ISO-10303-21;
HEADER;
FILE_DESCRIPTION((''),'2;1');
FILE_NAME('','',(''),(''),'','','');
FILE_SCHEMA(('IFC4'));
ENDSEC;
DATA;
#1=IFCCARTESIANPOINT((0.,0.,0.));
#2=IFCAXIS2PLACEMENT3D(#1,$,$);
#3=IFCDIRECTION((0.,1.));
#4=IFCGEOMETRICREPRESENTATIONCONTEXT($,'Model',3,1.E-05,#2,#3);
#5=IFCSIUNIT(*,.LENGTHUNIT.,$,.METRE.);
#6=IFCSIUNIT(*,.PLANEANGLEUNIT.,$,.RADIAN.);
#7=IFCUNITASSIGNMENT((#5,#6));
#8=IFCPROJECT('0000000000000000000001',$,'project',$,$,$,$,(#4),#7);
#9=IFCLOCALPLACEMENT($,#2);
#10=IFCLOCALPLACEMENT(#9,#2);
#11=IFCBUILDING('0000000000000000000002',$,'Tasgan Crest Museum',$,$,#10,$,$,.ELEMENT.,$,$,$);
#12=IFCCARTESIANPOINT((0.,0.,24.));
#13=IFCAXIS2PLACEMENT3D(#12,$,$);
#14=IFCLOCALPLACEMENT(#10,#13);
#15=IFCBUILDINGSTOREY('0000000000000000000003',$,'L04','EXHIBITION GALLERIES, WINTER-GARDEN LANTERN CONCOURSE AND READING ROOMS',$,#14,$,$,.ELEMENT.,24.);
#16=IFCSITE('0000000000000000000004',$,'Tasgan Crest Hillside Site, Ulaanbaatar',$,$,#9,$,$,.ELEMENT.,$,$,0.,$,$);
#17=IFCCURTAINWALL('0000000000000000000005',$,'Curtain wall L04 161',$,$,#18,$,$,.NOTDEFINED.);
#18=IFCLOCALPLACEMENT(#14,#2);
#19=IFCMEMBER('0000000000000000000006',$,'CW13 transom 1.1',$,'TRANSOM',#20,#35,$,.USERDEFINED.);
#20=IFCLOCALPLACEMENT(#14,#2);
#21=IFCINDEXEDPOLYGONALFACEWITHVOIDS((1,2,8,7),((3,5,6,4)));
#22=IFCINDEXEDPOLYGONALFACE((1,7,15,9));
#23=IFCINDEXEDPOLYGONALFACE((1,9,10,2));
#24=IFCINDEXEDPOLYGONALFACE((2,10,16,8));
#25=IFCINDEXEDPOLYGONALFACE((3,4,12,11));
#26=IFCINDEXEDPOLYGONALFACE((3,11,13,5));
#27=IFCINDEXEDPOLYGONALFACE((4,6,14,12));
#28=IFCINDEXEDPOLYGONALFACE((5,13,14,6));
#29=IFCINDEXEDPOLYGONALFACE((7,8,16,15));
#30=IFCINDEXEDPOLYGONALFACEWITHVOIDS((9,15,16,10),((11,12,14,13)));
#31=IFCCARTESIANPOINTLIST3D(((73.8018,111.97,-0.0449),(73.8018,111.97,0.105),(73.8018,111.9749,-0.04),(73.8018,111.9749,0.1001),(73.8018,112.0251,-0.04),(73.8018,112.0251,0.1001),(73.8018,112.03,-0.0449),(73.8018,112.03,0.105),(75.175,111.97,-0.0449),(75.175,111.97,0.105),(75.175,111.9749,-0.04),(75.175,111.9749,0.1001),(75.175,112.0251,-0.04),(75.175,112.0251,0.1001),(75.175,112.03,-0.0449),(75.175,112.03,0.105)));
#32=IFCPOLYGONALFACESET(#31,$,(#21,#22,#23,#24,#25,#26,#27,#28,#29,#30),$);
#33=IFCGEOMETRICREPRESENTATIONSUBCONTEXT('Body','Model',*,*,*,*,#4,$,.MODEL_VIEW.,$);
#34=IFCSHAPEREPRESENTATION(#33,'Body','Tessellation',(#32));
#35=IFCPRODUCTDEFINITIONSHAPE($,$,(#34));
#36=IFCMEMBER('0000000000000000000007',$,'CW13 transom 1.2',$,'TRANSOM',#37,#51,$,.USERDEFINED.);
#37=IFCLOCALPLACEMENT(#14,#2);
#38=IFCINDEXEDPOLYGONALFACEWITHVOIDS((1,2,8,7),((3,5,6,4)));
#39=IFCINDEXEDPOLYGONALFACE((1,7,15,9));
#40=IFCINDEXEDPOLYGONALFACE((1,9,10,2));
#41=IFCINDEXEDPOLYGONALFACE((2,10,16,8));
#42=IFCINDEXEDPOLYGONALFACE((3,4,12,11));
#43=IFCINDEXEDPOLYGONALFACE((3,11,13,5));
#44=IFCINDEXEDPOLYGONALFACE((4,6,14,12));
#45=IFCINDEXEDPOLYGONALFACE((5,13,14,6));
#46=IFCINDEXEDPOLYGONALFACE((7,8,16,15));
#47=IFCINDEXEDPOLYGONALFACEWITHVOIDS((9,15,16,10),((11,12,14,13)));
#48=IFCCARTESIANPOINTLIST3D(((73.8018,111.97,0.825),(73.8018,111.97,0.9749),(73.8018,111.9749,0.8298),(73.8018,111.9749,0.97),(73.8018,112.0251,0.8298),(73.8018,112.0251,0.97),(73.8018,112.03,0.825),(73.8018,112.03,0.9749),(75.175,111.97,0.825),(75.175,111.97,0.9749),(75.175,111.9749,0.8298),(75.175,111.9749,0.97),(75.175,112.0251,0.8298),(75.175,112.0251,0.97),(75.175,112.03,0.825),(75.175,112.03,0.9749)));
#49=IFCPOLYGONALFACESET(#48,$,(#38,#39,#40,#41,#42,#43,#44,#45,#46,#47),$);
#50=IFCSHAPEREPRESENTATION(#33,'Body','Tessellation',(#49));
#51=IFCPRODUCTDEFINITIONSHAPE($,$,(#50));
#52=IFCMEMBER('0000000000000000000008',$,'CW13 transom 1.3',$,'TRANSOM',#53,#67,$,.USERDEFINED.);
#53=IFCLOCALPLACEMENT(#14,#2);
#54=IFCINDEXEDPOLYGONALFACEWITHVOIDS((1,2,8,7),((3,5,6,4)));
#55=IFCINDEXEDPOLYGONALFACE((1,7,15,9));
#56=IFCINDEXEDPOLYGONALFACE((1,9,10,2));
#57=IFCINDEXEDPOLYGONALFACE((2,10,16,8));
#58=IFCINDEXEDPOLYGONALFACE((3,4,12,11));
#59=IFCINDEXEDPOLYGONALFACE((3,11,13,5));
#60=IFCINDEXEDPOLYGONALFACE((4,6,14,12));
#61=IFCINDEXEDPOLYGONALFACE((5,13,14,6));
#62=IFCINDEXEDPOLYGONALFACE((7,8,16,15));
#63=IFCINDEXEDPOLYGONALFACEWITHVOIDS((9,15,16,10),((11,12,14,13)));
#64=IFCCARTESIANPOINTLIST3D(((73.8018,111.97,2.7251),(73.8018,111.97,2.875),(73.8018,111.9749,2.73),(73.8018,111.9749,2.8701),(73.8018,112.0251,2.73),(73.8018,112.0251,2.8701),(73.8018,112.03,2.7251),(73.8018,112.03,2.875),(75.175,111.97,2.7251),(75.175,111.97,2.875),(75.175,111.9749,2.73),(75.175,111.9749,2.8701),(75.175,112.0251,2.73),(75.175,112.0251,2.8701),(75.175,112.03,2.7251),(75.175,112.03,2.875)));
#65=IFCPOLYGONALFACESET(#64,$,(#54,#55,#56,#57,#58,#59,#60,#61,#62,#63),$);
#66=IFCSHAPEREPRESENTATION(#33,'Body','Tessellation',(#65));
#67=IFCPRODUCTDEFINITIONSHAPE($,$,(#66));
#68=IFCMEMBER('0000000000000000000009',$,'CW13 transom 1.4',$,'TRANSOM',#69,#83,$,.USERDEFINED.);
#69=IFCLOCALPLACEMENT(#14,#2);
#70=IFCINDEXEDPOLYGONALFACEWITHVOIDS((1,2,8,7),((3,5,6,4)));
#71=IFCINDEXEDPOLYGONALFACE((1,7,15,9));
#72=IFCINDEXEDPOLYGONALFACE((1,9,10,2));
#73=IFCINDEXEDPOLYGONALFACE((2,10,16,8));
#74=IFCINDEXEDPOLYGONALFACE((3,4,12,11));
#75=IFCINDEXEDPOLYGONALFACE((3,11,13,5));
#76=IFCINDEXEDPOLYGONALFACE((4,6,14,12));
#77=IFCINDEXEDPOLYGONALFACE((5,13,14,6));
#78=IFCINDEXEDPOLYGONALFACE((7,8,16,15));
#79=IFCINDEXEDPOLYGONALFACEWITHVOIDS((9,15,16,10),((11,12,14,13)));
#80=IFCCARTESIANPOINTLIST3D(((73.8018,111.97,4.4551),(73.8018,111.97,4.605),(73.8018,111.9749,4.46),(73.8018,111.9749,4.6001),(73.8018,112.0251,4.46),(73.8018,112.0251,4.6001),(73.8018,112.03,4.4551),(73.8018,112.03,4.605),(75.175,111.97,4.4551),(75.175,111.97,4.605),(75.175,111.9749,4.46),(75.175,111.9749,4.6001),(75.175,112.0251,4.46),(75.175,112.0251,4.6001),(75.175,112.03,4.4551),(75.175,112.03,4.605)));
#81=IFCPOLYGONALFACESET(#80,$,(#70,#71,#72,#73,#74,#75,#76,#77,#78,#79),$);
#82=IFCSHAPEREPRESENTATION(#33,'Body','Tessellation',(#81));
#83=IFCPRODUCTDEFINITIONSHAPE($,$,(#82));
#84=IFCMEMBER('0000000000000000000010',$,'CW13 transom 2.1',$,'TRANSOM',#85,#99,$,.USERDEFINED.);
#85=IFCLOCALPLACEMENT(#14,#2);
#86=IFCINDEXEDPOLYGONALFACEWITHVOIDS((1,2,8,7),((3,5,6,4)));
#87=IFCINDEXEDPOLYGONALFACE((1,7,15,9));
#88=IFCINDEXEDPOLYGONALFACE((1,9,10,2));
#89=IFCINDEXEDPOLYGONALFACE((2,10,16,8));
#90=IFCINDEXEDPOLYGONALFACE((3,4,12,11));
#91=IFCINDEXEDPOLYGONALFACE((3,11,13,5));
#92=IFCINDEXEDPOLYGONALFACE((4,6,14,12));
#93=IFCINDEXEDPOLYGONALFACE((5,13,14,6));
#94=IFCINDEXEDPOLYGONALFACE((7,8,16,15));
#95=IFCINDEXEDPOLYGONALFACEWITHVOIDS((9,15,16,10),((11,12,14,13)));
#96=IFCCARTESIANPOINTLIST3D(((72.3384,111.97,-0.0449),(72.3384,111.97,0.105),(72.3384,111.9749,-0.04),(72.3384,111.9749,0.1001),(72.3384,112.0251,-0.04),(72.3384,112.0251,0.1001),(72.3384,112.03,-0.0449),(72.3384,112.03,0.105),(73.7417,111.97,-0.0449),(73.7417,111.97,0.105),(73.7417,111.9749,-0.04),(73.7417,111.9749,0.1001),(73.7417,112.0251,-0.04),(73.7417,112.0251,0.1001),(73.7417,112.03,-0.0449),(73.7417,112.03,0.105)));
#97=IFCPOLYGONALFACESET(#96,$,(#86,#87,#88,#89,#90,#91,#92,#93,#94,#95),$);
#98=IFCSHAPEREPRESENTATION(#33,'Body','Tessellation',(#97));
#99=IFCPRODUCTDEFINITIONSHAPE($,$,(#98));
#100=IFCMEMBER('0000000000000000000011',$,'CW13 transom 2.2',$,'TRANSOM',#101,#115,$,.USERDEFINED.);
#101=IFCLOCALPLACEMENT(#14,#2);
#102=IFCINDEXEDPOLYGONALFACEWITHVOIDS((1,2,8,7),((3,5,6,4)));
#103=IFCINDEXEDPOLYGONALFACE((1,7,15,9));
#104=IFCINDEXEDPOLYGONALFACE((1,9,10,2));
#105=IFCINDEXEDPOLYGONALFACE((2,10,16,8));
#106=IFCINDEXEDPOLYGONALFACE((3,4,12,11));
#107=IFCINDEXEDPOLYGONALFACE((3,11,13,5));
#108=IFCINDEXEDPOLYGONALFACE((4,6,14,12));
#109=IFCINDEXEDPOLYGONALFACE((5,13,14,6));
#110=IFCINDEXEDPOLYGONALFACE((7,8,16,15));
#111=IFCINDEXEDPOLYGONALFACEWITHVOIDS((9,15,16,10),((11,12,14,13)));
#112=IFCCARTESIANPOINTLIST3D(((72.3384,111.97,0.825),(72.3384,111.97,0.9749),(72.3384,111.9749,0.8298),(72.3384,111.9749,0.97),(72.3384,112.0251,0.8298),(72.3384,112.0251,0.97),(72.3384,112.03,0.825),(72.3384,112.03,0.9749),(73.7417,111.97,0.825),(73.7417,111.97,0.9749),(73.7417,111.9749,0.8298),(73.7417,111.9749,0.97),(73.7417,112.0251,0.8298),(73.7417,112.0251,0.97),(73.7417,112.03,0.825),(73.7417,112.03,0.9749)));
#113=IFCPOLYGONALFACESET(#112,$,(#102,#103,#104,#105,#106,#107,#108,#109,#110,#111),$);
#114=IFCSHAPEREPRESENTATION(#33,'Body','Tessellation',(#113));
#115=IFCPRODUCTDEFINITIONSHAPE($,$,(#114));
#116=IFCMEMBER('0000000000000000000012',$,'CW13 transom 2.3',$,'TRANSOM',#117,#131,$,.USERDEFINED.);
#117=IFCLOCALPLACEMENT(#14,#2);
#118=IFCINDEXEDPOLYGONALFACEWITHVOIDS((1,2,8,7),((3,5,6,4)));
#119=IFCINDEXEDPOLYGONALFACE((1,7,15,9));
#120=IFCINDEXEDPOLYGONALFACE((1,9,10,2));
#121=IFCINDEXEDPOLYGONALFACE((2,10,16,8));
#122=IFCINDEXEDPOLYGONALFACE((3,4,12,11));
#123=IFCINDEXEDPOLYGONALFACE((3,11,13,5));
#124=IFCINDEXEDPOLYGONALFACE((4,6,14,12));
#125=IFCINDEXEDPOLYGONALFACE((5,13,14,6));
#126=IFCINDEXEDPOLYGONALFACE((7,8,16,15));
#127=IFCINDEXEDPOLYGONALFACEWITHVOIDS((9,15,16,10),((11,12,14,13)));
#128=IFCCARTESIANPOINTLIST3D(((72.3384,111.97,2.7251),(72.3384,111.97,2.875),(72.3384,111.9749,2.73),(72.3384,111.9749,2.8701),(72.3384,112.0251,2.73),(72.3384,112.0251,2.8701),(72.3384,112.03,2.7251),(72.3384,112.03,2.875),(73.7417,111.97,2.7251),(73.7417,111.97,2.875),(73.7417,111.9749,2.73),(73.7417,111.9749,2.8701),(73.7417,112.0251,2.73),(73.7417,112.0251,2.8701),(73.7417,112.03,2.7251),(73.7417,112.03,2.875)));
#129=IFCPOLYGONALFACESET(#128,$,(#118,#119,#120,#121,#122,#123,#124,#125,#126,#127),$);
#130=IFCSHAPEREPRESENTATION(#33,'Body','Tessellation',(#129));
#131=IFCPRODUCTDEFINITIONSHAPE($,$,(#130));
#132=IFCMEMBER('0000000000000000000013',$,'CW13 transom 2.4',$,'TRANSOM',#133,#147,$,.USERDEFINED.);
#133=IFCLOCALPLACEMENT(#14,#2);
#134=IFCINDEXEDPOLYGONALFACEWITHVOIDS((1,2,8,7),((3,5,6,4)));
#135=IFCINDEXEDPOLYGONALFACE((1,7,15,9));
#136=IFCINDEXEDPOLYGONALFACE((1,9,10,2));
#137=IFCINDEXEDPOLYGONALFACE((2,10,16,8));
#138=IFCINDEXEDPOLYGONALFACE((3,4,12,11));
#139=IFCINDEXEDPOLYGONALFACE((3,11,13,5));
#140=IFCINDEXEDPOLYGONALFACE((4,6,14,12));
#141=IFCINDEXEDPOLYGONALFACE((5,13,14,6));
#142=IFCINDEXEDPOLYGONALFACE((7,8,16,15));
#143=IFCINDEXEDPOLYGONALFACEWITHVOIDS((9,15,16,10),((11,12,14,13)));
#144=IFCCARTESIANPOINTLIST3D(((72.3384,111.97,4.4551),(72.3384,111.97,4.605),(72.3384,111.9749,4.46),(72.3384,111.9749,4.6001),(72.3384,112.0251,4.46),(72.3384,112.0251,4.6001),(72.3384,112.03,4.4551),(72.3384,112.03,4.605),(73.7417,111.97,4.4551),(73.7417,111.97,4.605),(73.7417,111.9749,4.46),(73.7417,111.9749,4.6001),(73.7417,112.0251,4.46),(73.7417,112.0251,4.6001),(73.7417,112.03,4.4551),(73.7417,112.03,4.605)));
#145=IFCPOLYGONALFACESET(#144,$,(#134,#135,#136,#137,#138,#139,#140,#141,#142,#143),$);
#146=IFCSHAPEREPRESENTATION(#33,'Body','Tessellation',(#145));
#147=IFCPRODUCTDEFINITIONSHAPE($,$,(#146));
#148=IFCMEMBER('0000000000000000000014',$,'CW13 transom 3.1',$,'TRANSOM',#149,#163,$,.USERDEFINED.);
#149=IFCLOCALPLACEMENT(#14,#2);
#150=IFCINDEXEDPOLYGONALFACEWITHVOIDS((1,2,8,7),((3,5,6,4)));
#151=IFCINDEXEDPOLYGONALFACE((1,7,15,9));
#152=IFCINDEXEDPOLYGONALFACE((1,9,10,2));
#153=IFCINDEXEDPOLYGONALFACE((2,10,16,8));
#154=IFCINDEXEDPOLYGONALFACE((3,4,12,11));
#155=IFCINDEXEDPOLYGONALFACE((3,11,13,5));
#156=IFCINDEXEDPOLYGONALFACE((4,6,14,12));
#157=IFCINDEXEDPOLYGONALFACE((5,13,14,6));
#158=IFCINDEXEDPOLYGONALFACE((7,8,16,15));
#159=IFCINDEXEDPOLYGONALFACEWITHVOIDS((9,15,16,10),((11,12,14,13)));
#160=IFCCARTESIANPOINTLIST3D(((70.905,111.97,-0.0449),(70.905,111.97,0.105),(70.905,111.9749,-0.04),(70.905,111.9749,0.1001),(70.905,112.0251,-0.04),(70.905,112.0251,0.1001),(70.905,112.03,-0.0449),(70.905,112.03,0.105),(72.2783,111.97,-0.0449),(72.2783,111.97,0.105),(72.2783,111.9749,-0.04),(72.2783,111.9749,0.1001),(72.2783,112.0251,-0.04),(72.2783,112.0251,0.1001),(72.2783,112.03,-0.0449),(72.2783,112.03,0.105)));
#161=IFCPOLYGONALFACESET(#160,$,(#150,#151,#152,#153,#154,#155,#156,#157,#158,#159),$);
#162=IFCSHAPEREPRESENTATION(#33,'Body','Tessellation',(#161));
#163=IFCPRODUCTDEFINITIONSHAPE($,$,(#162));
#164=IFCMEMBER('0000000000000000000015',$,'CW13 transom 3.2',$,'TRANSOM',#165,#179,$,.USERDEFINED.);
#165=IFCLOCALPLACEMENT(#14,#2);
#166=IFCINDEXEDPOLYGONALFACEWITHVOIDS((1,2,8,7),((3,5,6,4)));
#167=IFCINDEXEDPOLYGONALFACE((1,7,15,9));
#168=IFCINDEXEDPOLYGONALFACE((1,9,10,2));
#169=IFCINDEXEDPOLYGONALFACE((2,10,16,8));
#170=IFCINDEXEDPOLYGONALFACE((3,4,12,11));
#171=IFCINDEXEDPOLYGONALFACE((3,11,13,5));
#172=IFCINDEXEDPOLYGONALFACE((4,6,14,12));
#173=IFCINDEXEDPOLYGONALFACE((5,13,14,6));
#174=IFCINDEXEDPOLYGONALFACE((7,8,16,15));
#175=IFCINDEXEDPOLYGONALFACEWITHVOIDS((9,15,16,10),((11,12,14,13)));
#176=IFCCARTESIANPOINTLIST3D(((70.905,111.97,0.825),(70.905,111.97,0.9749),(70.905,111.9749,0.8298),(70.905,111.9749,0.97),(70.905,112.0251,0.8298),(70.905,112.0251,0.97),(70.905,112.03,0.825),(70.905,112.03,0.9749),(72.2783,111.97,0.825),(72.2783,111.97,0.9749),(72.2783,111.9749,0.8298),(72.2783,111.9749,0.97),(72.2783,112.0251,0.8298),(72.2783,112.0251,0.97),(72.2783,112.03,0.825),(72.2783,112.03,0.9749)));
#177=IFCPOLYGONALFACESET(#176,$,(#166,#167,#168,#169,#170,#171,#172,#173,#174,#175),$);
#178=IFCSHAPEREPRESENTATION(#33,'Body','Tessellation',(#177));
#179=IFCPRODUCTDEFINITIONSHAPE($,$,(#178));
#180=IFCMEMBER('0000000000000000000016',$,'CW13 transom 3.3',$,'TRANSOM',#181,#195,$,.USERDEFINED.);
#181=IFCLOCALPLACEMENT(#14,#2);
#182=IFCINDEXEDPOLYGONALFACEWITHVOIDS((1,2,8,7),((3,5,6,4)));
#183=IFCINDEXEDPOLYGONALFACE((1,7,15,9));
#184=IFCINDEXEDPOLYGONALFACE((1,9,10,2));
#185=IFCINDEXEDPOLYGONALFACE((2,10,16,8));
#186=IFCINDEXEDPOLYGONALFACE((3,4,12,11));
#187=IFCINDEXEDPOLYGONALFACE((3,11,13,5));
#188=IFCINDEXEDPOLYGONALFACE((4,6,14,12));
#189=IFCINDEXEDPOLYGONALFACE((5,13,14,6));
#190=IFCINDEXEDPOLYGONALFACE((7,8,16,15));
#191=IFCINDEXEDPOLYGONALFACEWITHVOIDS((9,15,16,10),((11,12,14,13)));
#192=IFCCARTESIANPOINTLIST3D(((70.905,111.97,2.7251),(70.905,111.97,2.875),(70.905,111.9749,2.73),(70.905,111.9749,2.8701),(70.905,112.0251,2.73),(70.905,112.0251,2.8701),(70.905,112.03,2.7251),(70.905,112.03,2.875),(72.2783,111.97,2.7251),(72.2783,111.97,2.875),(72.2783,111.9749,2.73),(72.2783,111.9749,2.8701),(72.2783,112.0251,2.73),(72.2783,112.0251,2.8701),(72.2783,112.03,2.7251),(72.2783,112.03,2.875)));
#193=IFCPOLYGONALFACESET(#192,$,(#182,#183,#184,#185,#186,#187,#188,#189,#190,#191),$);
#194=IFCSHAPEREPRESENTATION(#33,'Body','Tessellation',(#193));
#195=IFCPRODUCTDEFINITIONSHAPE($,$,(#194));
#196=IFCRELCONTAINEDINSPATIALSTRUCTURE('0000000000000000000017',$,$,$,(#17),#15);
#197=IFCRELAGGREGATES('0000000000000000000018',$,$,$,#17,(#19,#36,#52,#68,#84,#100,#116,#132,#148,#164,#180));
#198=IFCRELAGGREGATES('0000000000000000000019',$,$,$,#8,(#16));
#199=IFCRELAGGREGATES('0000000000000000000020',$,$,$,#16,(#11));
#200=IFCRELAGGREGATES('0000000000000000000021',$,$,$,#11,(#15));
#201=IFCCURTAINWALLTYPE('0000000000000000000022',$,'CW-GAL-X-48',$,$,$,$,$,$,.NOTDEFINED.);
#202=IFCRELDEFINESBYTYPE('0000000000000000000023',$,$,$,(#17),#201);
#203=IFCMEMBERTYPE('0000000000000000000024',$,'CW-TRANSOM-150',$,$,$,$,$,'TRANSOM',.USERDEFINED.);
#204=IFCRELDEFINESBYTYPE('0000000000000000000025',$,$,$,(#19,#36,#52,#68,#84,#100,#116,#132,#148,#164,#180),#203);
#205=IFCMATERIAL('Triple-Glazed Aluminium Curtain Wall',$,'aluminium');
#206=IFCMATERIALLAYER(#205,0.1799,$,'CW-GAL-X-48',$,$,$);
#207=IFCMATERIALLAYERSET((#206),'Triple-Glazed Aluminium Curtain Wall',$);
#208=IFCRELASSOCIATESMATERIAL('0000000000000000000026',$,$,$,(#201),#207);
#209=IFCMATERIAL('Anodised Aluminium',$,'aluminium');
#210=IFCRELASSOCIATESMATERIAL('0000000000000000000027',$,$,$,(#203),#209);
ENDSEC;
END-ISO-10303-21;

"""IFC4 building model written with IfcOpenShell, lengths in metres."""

from ifc_helpers import new_model, si_unit, direction, frame, origin, origin_2d, place, context, subcontext, project, spatial, hollow_rectangle, extrude, material, layer, layer_set, material_profile, profile_set, type_object, element, aggregate, save


model = new_model("IFC4")

# Units and contexts
model_context = context("Model", 3, precision=1e-05, world=origin(), true_north=direction((0.0, 1.0)))
body_context = subcontext(model_context, "Body", "Model", "MODEL_VIEW")
ifc_project = project(units=[si_unit("LENGTHUNIT", "METRE"), si_unit("PLANEANGLEUNIT", "RADIAN")], contexts=[model_context])

# Site, building, storey
site_placement = place(None, origin())
site = spatial("IfcSite", under=ifc_project, at=site_placement, Name="Tasgan Crest Hillside Site, Ulaanbaatar", CompositionType="ELEMENT", RefElevation=0.0)
building_placement = place(site_placement, origin())
building = spatial("IfcBuilding", under=site, at=building_placement, Name="Tasgan Crest Museum", CompositionType="ELEMENT")
storey_placement = place(building_placement, frame((0.0, 0.0, 24.0)))
storey = spatial("IfcBuildingStorey", under=building, at=storey_placement, Name="L04", Description="EXHIBITION GALLERIES, WINTER-GARDEN LANTERN CONCOURSE AND READING ROOMS", CompositionType="ELEMENT", Elevation=24.0)

# Shared definitions
ifc_material_1 = material(Name="Triple-Glazed Aluminium Curtain Wall", Category="aluminium")
ifc_layer_1 = layer(ifc_material_1, 0.1799, Name="CW-GAL-X-48")
ifc_layer_set_1 = layer_set([ifc_layer_1], Name="Triple-Glazed Aluminium Curtain Wall")
curtain_wall_type = type_object("IfcCurtainWallType", Name="CW-GAL-X-48", PredefinedType="NOTDEFINED", material=ifc_layer_set_1)

# Curtain wall, members
curtain_wall_1_placement = place(storey_placement, origin())
curtain_wall_1 = element("IfcCurtainWall", 1, at=curtain_wall_1_placement, inside=storey, type_object=curtain_wall_type, Name="Curtain wall L04 161", PredefinedType="NOTDEFINED")
ifc_material_2 = material(Name="Anodised Aluminium", Category="aluminium")
ifc_material_profile_1 = material_profile(ifc_material_2, hollow_rectangle(XDim=0.0601, YDim=0.1499, WallThickness=0.0049, at=origin_2d()), Name="ALU TRANSOM 150x60x5")
ifc_profile_set_1 = profile_set([ifc_material_profile_1], Name="Anodised Aluminium")
member_type_1 = type_object("IfcMemberType", Name="CW-TRANSOM-150", ElementType="TRANSOM", PredefinedType="USERDEFINED", material=ifc_profile_set_1)
member_1_placement = place(storey_placement, frame((75.175, 112.0, 0.03), z_axis=(-1.0, 0.0, 0.0), x_axis=(0.0, -1.0, 0.0)))
member_1 = element("IfcMember", 2, at=member_1_placement, type_object=member_type_1, Name="CW13 transom 1.1", ObjectType="TRANSOM", PredefinedType="USERDEFINED", context=body_context, shape_type="SweptSolid", body=[
    extrude(hollow_rectangle(XDim=0.0601, YDim=0.1499, WallThickness=0.0049, at=origin_2d()), origin(), (0.0, 0.0, 1.0), 1.3733),
])
member_2_placement = place(storey_placement, frame((75.175, 112.0, 0.8999), z_axis=(-1.0, 0.0, 0.0), x_axis=(0.0, -1.0, 0.0)))
member_2 = element("IfcMember", 3, at=member_2_placement, type_object=member_type_1, Name="CW13 transom 1.2", ObjectType="TRANSOM", PredefinedType="USERDEFINED", context=body_context, shape_type="SweptSolid", body=[
    extrude(hollow_rectangle(XDim=0.0601, YDim=0.1499, WallThickness=0.0049, at=origin_2d()), origin(), (0.0, 0.0, 1.0), 1.3733),
])
member_3_placement = place(storey_placement, frame((75.175, 112.0, 2.8), z_axis=(-1.0, 0.0, 0.0), x_axis=(0.0, -1.0, 0.0)))
member_3 = element("IfcMember", 4, at=member_3_placement, type_object=member_type_1, Name="CW13 transom 1.3", ObjectType="TRANSOM", PredefinedType="USERDEFINED", context=body_context, shape_type="SweptSolid", body=[
    extrude(hollow_rectangle(XDim=0.0601, YDim=0.1499, WallThickness=0.0049, at=origin_2d()), origin(), (0.0, 0.0, 1.0), 1.3733),
])
member_4_placement = place(storey_placement, frame((75.175, 112.0, 4.53), z_axis=(-1.0, 0.0, 0.0), x_axis=(0.0, -1.0, 0.0)))
member_4 = element("IfcMember", 5, at=member_4_placement, type_object=member_type_1, Name="CW13 transom 1.4", ObjectType="TRANSOM", PredefinedType="USERDEFINED", context=body_context, shape_type="SweptSolid", body=[
    extrude(hollow_rectangle(XDim=0.0601, YDim=0.1499, WallThickness=0.0049, at=origin_2d()), origin(), (0.0, 0.0, 1.0), 1.3733),
])
member_5_placement = place(storey_placement, frame((73.7417, 112.0, 0.03), z_axis=(-1.0, 0.0, 0.0), x_axis=(0.0, -1.0, 0.0)))
member_5 = element("IfcMember", 6, at=member_5_placement, type_object=member_type_1, Name="CW13 transom 2.1", ObjectType="TRANSOM", PredefinedType="USERDEFINED", context=body_context, shape_type="SweptSolid", body=[
    extrude(hollow_rectangle(XDim=0.0601, YDim=0.1499, WallThickness=0.0049, at=origin_2d()), origin(), (0.0, 0.0, 1.0), 1.4033),
])
member_6_placement = place(storey_placement, frame((73.7417, 112.0, 0.8999), z_axis=(-1.0, 0.0, 0.0), x_axis=(0.0, -1.0, 0.0)))
member_6 = element("IfcMember", 7, at=member_6_placement, type_object=member_type_1, Name="CW13 transom 2.2", ObjectType="TRANSOM", PredefinedType="USERDEFINED", context=body_context, shape_type="SweptSolid", body=[
    extrude(hollow_rectangle(XDim=0.0601, YDim=0.1499, WallThickness=0.0049, at=origin_2d()), origin(), (0.0, 0.0, 1.0), 1.4033),
])
member_7_placement = place(storey_placement, frame((73.7417, 112.0, 2.8), z_axis=(-1.0, 0.0, 0.0), x_axis=(0.0, -1.0, 0.0)))
member_7 = element("IfcMember", 8, at=member_7_placement, type_object=member_type_1, Name="CW13 transom 2.3", ObjectType="TRANSOM", PredefinedType="USERDEFINED", context=body_context, shape_type="SweptSolid", body=[
    extrude(hollow_rectangle(XDim=0.0601, YDim=0.1499, WallThickness=0.0049, at=origin_2d()), origin(), (0.0, 0.0, 1.0), 1.4033),
])
member_8_placement = place(storey_placement, frame((73.7417, 112.0, 4.53), z_axis=(-1.0, 0.0, 0.0), x_axis=(0.0, -1.0, 0.0)))
member_8 = element("IfcMember", 9, at=member_8_placement, type_object=member_type_1, Name="CW13 transom 2.4", ObjectType="TRANSOM", PredefinedType="USERDEFINED", context=body_context, shape_type="SweptSolid", body=[
    extrude(hollow_rectangle(XDim=0.0601, YDim=0.1499, WallThickness=0.0049, at=origin_2d()), origin(), (0.0, 0.0, 1.0), 1.4033),
])
member_9_placement = place(storey_placement, frame((72.2783, 112.0, 0.03), z_axis=(-1.0, 0.0, 0.0), x_axis=(0.0, -1.0, 0.0)))
member_9 = element("IfcMember", 10, at=member_9_placement, type_object=member_type_1, Name="CW13 transom 3.1", ObjectType="TRANSOM", PredefinedType="USERDEFINED", context=body_context, shape_type="SweptSolid", body=[
    extrude(hollow_rectangle(XDim=0.0601, YDim=0.1499, WallThickness=0.0049, at=origin_2d()), origin(), (0.0, 0.0, 1.0), 1.3733),
])
member_10_placement = place(storey_placement, frame((72.2783, 112.0, 0.8999), z_axis=(-1.0, 0.0, 0.0), x_axis=(0.0, -1.0, 0.0)))
member_10 = element("IfcMember", 11, at=member_10_placement, type_object=member_type_1, Name="CW13 transom 3.2", ObjectType="TRANSOM", PredefinedType="USERDEFINED", context=body_context, shape_type="SweptSolid", body=[
    extrude(hollow_rectangle(XDim=0.0601, YDim=0.1499, WallThickness=0.0049, at=origin_2d()), origin(), (0.0, 0.0, 1.0), 1.3733),
])
member_11_placement = place(storey_placement, frame((72.2783, 112.0, 2.8), z_axis=(-1.0, 0.0, 0.0), x_axis=(0.0, -1.0, 0.0)))
member_11 = element("IfcMember", 12, at=member_11_placement, type_object=member_type_1, Name="CW13 transom 3.3", ObjectType="TRANSOM", PredefinedType="USERDEFINED", context=body_context, shape_type="SweptSolid", body=[
    extrude(hollow_rectangle(XDim=0.0601, YDim=0.1499, WallThickness=0.0049, at=origin_2d()), origin(), (0.0, 0.0, 1.0), 1.3733),
])

aggregate(curtain_wall_1, [member_1, member_2, member_3, member_4, member_5, member_6, member_7, member_8, member_9, member_10, member_11])

save(model, "model.ifc")
